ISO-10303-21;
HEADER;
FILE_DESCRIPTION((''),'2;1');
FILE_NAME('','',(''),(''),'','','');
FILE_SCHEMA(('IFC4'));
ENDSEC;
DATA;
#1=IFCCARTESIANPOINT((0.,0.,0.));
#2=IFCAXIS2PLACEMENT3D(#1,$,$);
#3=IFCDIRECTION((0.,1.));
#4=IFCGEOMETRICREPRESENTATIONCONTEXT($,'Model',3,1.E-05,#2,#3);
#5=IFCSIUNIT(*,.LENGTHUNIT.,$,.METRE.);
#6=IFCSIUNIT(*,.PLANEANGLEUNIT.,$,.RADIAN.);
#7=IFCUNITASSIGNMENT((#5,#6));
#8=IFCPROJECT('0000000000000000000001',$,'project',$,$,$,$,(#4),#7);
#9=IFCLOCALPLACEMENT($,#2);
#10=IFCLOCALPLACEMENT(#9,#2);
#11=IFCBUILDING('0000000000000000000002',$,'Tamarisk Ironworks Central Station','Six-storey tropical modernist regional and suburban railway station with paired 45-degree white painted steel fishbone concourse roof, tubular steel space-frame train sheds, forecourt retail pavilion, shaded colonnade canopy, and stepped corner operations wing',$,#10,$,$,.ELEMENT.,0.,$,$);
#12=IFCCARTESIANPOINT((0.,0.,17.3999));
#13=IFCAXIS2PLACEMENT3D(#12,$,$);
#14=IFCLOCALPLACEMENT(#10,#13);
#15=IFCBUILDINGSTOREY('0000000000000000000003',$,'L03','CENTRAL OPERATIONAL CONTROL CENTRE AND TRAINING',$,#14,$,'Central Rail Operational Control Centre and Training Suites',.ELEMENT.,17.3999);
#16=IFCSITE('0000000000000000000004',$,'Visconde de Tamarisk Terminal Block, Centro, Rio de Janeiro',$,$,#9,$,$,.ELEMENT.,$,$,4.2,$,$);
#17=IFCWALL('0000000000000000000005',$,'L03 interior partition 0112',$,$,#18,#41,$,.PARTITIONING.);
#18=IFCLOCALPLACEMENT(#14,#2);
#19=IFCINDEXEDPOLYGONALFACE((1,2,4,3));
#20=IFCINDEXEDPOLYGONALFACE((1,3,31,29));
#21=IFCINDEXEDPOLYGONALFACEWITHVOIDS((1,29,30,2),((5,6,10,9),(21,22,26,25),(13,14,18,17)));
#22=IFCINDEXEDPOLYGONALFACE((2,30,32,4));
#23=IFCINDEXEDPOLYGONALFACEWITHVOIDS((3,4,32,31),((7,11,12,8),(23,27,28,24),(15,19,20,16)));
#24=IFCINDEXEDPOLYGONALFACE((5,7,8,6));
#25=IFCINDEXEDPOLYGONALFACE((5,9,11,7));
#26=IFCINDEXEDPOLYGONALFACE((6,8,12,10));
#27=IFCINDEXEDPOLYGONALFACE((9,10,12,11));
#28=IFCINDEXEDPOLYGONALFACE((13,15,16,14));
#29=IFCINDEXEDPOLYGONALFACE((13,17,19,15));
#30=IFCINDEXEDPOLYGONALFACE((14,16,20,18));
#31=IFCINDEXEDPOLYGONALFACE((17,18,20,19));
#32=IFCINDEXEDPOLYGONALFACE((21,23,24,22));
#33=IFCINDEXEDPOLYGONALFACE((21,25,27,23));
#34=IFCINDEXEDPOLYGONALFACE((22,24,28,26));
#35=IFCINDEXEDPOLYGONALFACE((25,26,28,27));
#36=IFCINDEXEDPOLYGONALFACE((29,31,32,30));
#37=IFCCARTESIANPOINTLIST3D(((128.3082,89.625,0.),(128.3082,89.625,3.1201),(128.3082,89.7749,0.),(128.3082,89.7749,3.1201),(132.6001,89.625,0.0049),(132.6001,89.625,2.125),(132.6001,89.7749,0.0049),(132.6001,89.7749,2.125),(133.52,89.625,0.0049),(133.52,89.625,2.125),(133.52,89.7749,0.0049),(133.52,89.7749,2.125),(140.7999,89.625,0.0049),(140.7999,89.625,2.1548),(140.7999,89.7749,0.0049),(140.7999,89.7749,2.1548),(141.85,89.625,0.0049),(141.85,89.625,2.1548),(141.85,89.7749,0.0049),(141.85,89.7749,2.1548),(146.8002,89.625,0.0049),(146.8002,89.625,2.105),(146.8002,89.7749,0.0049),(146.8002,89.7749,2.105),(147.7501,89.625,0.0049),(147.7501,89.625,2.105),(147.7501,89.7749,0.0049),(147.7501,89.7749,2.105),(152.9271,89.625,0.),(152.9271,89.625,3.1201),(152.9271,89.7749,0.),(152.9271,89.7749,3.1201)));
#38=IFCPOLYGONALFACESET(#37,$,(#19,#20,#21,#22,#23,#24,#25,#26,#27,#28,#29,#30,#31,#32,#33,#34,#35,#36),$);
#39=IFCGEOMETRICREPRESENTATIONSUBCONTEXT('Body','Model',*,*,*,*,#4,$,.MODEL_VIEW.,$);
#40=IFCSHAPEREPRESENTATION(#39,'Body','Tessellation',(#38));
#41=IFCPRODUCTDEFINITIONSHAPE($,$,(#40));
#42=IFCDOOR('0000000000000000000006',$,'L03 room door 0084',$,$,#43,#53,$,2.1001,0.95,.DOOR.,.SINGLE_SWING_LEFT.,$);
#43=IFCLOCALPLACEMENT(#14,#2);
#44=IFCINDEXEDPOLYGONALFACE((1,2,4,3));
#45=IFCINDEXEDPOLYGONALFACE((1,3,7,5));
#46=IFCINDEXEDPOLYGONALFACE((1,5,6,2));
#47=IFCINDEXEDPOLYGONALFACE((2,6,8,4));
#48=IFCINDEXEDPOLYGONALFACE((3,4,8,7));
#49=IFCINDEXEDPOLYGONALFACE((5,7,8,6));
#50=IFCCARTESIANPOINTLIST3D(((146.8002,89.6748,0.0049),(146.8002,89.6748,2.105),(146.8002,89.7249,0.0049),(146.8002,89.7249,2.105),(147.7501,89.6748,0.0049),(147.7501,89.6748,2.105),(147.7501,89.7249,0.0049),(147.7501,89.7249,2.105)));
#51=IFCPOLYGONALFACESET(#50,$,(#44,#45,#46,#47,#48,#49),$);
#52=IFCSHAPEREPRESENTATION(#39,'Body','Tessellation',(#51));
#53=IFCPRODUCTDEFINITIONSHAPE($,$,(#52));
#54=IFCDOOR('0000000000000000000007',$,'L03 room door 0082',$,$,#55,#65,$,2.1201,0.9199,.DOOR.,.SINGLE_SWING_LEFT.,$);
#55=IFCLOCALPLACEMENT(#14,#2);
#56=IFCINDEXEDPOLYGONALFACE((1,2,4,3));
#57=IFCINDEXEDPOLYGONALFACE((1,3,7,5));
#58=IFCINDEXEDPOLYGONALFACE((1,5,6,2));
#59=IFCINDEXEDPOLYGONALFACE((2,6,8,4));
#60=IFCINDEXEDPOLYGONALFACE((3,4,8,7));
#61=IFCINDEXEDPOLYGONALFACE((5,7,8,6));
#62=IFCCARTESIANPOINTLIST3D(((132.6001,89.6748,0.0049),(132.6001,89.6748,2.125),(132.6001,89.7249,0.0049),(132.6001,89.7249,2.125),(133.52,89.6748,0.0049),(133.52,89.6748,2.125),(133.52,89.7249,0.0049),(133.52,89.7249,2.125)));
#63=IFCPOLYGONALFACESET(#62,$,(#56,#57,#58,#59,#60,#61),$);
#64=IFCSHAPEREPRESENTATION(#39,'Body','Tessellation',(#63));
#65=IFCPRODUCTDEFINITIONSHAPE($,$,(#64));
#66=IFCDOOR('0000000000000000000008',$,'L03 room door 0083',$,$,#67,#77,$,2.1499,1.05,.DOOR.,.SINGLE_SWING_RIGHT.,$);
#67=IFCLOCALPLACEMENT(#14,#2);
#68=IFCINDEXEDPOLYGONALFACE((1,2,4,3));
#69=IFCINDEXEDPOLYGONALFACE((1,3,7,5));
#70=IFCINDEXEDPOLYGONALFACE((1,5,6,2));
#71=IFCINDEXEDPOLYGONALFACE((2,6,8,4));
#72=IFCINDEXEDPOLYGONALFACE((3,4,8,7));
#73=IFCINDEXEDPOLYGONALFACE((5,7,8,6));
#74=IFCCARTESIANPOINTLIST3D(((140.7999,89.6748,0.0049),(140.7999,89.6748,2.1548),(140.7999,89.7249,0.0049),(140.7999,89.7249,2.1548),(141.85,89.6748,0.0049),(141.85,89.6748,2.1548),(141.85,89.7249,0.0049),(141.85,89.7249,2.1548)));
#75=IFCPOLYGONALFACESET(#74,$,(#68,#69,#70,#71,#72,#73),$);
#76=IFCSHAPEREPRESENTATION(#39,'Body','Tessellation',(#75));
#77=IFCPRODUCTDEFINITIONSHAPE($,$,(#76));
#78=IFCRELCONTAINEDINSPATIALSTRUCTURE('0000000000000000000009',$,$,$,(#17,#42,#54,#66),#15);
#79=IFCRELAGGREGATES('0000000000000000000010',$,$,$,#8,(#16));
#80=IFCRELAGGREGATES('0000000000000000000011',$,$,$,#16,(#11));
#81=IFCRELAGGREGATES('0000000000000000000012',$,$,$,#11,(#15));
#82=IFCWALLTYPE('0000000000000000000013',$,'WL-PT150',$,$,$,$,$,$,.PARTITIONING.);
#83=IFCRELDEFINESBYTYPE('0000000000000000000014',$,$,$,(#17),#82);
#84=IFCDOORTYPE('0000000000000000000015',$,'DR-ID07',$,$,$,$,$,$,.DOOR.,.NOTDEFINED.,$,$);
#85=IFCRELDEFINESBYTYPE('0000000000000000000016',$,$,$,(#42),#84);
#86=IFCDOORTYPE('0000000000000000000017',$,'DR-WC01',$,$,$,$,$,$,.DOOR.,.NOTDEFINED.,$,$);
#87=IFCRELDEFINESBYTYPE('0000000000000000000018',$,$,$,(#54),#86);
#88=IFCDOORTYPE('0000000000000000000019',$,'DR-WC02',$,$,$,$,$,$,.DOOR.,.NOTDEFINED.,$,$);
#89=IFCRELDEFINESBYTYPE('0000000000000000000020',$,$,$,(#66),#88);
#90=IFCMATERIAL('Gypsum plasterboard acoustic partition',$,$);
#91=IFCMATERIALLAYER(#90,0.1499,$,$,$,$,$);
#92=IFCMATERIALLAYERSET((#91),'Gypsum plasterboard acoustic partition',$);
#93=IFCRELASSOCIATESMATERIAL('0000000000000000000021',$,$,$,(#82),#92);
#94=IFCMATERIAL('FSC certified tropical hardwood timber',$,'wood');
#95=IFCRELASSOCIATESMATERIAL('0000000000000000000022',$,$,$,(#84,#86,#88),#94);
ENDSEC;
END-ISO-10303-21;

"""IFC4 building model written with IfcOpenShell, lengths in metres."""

from ifc_helpers import new_model, si_unit, direction, frame, frame_2d, origin, place, context, subcontext, project, spatial, rectangle, extrude, material, layer, layer_set, type_object, element, fill, save


model = new_model("IFC4")

# Units and contexts
model_context = context("Model", 3, precision=1e-05, world=origin(), true_north=direction((0.0, 1.0)))
body_context = subcontext(model_context, "Body", "Model", "MODEL_VIEW")
ifc_project = project(units=[si_unit("LENGTHUNIT", "METRE"), si_unit("PLANEANGLEUNIT", "RADIAN")], contexts=[model_context])

# Site, building, storey
site_placement = place(None, origin())
site = spatial("IfcSite", under=ifc_project, at=site_placement, Name="Visconde de Tamarisk Terminal Block, Centro, Rio de Janeiro", CompositionType="ELEMENT", RefElevation=4.2)
building_placement = place(site_placement, origin())
building = spatial("IfcBuilding", under=site, at=building_placement, Name="Tamarisk Ironworks Central Station", Description="Six-storey tropical modernist regional and suburban railway station with paired 45-degree white painted steel fishbone concourse roof, tubular steel space-frame train sheds, forecourt retail pavilion, shaded colonnade canopy, and stepped corner operations wing", CompositionType="ELEMENT", ElevationOfRefHeight=0.0)
storey_placement = place(building_placement, frame((0.0, 0.0, 17.3999)))
storey = spatial("IfcBuildingStorey", under=building, at=storey_placement, Name="L03", Description="CENTRAL OPERATIONAL CONTROL CENTRE AND TRAINING", LongName="Central Rail Operational Control Centre and Training Suites", CompositionType="ELEMENT", Elevation=17.3999)

# Wall, openings, doors
ifc_material_1 = material(Name="Gypsum plasterboard acoustic partition")
ifc_layer_1 = layer(ifc_material_1, 0.1499)
ifc_layer_set_1 = layer_set([ifc_layer_1], Name="Gypsum plasterboard acoustic partition")
wall_type_1 = type_object("IfcWallType", Name="WL-PT150", PredefinedType="PARTITIONING", material=ifc_layer_set_1)
wall_1_placement = place(storey_placement, frame((128.3081, 89.7, 0.0), z_axis=(0.0, 0.0, 1.0), x_axis=(1.0, 0.0, 0.0)))
wall_1 = element("IfcWall", 1, at=wall_1_placement, inside=storey, type_object=wall_type_1, Name="L03 interior partition 0112", PredefinedType="PARTITIONING", context=body_context, shape_type="SweptSolid", body=[
    extrude(rectangle(XDim=24.6189, YDim=0.1499, at=frame_2d((12.3096, 0.0))), origin(), (0.0, 0.0, 1.0), 3.1201),
])
opening_1_placement = place(wall_1_placement, frame((4.292, 0.0, 0.0049)))
opening_1 = element("IfcOpeningElement", 2, at=opening_1_placement, cuts=wall_1, PredefinedType="OPENING", context=body_context, shape_type="SweptSolid", body=[
    extrude(rectangle(XDim=0.9199, YDim=2.1201, at=frame_2d((0.46, 1.0601))), frame((0.0, 0.0869, 0.0), z_axis=(0.0, -1.0, 0.0), x_axis=(1.0, 0.0, 0.0)), (0.0, 0.0, 1.0), 0.1738),
])
opening_2_placement = place(wall_1_placement, frame((12.4919, 0.0, 0.0049)))
opening_2 = element("IfcOpeningElement", 3, at=opening_2_placement, cuts=wall_1, PredefinedType="OPENING", context=body_context, shape_type="SweptSolid", body=[
    extrude(rectangle(XDim=1.05, YDim=2.1499, at=frame_2d((0.5249, 1.075))), frame((0.0, 0.0869, 0.0), z_axis=(0.0, -1.0, 0.0), x_axis=(1.0, 0.0, 0.0)), (0.0, 0.0, 1.0), 0.1738),
])
opening_3_placement = place(wall_1_placement, frame((18.4919, 0.0, 0.0049)))
opening_3 = element("IfcOpeningElement", 4, at=opening_3_placement, cuts=wall_1, PredefinedType="OPENING", context=body_context, shape_type="SweptSolid", body=[
    extrude(rectangle(XDim=0.95, YDim=2.1001, at=frame_2d((0.4751, 1.05))), frame((0.0, 0.0869, 0.0), z_axis=(0.0, -1.0, 0.0), x_axis=(1.0, 0.0, 0.0)), (0.0, 0.0, 1.0), 0.1738),
])
ifc_material_2 = material(Name="FSC certified tropical hardwood timber", Category="wood")
door_type_1 = type_object("IfcDoorType", Name="DR-ID07", OperationType="NOTDEFINED", PredefinedType="DOOR", material=ifc_material_2)
door_1_placement = place(opening_3_placement, origin())
door_1 = element("IfcDoor", 5, at=door_1_placement, inside=storey, type_object=door_type_1, Name="L03 room door 0084", OperationType="SINGLE_SWING_LEFT", OverallHeight=2.1001, OverallWidth=0.95, PredefinedType="DOOR", context=body_context, shape_type="SweptSolid", body=[
    extrude(rectangle(XDim=0.95, YDim=2.1001, at=frame_2d((0.4751, 1.05))), frame((0.0, 0.0249, 0.0), z_axis=(0.0, -1.0, 0.0), x_axis=(1.0, 0.0, 0.0)), (0.0, 0.0, 1.0), 0.05),
])
fill(opening_3, door_1)
door_type_2 = type_object("IfcDoorType", Name="DR-WC01", OperationType="NOTDEFINED", PredefinedType="DOOR", material=ifc_material_2)
door_2_placement = place(opening_1_placement, origin())
door_2 = element("IfcDoor", 6, at=door_2_placement, inside=storey, type_object=door_type_2, Name="L03 room door 0082", OperationType="SINGLE_SWING_LEFT", OverallHeight=2.1201, OverallWidth=0.9199, PredefinedType="DOOR", context=body_context, shape_type="SweptSolid", body=[
    extrude(rectangle(XDim=0.9199, YDim=2.1201, at=frame_2d((0.46, 1.0601))), frame((0.0, 0.0249, 0.0), z_axis=(0.0, -1.0, 0.0), x_axis=(1.0, 0.0, 0.0)), (0.0, 0.0, 1.0), 0.05),
])
fill(opening_1, door_2)
door_type_3 = type_object("IfcDoorType", Name="DR-WC02", OperationType="NOTDEFINED", PredefinedType="DOOR", material=ifc_material_2)
door_3_placement = place(opening_2_placement, origin())
door_3 = element("IfcDoor", 7, at=door_3_placement, inside=storey, type_object=door_type_3, Name="L03 room door 0083", OperationType="SINGLE_SWING_RIGHT", OverallHeight=2.1499, OverallWidth=1.05, PredefinedType="DOOR", context=body_context, shape_type="SweptSolid", body=[
    extrude(rectangle(XDim=1.05, YDim=2.1499, at=frame_2d((0.5249, 1.075))), frame((0.0, 0.0249, 0.0), z_axis=(0.0, -1.0, 0.0), x_axis=(1.0, 0.0, 0.0)), (0.0, 0.0, 1.0), 0.05),
])
fill(opening_2, door_3)

save(model, "model.ifc")
